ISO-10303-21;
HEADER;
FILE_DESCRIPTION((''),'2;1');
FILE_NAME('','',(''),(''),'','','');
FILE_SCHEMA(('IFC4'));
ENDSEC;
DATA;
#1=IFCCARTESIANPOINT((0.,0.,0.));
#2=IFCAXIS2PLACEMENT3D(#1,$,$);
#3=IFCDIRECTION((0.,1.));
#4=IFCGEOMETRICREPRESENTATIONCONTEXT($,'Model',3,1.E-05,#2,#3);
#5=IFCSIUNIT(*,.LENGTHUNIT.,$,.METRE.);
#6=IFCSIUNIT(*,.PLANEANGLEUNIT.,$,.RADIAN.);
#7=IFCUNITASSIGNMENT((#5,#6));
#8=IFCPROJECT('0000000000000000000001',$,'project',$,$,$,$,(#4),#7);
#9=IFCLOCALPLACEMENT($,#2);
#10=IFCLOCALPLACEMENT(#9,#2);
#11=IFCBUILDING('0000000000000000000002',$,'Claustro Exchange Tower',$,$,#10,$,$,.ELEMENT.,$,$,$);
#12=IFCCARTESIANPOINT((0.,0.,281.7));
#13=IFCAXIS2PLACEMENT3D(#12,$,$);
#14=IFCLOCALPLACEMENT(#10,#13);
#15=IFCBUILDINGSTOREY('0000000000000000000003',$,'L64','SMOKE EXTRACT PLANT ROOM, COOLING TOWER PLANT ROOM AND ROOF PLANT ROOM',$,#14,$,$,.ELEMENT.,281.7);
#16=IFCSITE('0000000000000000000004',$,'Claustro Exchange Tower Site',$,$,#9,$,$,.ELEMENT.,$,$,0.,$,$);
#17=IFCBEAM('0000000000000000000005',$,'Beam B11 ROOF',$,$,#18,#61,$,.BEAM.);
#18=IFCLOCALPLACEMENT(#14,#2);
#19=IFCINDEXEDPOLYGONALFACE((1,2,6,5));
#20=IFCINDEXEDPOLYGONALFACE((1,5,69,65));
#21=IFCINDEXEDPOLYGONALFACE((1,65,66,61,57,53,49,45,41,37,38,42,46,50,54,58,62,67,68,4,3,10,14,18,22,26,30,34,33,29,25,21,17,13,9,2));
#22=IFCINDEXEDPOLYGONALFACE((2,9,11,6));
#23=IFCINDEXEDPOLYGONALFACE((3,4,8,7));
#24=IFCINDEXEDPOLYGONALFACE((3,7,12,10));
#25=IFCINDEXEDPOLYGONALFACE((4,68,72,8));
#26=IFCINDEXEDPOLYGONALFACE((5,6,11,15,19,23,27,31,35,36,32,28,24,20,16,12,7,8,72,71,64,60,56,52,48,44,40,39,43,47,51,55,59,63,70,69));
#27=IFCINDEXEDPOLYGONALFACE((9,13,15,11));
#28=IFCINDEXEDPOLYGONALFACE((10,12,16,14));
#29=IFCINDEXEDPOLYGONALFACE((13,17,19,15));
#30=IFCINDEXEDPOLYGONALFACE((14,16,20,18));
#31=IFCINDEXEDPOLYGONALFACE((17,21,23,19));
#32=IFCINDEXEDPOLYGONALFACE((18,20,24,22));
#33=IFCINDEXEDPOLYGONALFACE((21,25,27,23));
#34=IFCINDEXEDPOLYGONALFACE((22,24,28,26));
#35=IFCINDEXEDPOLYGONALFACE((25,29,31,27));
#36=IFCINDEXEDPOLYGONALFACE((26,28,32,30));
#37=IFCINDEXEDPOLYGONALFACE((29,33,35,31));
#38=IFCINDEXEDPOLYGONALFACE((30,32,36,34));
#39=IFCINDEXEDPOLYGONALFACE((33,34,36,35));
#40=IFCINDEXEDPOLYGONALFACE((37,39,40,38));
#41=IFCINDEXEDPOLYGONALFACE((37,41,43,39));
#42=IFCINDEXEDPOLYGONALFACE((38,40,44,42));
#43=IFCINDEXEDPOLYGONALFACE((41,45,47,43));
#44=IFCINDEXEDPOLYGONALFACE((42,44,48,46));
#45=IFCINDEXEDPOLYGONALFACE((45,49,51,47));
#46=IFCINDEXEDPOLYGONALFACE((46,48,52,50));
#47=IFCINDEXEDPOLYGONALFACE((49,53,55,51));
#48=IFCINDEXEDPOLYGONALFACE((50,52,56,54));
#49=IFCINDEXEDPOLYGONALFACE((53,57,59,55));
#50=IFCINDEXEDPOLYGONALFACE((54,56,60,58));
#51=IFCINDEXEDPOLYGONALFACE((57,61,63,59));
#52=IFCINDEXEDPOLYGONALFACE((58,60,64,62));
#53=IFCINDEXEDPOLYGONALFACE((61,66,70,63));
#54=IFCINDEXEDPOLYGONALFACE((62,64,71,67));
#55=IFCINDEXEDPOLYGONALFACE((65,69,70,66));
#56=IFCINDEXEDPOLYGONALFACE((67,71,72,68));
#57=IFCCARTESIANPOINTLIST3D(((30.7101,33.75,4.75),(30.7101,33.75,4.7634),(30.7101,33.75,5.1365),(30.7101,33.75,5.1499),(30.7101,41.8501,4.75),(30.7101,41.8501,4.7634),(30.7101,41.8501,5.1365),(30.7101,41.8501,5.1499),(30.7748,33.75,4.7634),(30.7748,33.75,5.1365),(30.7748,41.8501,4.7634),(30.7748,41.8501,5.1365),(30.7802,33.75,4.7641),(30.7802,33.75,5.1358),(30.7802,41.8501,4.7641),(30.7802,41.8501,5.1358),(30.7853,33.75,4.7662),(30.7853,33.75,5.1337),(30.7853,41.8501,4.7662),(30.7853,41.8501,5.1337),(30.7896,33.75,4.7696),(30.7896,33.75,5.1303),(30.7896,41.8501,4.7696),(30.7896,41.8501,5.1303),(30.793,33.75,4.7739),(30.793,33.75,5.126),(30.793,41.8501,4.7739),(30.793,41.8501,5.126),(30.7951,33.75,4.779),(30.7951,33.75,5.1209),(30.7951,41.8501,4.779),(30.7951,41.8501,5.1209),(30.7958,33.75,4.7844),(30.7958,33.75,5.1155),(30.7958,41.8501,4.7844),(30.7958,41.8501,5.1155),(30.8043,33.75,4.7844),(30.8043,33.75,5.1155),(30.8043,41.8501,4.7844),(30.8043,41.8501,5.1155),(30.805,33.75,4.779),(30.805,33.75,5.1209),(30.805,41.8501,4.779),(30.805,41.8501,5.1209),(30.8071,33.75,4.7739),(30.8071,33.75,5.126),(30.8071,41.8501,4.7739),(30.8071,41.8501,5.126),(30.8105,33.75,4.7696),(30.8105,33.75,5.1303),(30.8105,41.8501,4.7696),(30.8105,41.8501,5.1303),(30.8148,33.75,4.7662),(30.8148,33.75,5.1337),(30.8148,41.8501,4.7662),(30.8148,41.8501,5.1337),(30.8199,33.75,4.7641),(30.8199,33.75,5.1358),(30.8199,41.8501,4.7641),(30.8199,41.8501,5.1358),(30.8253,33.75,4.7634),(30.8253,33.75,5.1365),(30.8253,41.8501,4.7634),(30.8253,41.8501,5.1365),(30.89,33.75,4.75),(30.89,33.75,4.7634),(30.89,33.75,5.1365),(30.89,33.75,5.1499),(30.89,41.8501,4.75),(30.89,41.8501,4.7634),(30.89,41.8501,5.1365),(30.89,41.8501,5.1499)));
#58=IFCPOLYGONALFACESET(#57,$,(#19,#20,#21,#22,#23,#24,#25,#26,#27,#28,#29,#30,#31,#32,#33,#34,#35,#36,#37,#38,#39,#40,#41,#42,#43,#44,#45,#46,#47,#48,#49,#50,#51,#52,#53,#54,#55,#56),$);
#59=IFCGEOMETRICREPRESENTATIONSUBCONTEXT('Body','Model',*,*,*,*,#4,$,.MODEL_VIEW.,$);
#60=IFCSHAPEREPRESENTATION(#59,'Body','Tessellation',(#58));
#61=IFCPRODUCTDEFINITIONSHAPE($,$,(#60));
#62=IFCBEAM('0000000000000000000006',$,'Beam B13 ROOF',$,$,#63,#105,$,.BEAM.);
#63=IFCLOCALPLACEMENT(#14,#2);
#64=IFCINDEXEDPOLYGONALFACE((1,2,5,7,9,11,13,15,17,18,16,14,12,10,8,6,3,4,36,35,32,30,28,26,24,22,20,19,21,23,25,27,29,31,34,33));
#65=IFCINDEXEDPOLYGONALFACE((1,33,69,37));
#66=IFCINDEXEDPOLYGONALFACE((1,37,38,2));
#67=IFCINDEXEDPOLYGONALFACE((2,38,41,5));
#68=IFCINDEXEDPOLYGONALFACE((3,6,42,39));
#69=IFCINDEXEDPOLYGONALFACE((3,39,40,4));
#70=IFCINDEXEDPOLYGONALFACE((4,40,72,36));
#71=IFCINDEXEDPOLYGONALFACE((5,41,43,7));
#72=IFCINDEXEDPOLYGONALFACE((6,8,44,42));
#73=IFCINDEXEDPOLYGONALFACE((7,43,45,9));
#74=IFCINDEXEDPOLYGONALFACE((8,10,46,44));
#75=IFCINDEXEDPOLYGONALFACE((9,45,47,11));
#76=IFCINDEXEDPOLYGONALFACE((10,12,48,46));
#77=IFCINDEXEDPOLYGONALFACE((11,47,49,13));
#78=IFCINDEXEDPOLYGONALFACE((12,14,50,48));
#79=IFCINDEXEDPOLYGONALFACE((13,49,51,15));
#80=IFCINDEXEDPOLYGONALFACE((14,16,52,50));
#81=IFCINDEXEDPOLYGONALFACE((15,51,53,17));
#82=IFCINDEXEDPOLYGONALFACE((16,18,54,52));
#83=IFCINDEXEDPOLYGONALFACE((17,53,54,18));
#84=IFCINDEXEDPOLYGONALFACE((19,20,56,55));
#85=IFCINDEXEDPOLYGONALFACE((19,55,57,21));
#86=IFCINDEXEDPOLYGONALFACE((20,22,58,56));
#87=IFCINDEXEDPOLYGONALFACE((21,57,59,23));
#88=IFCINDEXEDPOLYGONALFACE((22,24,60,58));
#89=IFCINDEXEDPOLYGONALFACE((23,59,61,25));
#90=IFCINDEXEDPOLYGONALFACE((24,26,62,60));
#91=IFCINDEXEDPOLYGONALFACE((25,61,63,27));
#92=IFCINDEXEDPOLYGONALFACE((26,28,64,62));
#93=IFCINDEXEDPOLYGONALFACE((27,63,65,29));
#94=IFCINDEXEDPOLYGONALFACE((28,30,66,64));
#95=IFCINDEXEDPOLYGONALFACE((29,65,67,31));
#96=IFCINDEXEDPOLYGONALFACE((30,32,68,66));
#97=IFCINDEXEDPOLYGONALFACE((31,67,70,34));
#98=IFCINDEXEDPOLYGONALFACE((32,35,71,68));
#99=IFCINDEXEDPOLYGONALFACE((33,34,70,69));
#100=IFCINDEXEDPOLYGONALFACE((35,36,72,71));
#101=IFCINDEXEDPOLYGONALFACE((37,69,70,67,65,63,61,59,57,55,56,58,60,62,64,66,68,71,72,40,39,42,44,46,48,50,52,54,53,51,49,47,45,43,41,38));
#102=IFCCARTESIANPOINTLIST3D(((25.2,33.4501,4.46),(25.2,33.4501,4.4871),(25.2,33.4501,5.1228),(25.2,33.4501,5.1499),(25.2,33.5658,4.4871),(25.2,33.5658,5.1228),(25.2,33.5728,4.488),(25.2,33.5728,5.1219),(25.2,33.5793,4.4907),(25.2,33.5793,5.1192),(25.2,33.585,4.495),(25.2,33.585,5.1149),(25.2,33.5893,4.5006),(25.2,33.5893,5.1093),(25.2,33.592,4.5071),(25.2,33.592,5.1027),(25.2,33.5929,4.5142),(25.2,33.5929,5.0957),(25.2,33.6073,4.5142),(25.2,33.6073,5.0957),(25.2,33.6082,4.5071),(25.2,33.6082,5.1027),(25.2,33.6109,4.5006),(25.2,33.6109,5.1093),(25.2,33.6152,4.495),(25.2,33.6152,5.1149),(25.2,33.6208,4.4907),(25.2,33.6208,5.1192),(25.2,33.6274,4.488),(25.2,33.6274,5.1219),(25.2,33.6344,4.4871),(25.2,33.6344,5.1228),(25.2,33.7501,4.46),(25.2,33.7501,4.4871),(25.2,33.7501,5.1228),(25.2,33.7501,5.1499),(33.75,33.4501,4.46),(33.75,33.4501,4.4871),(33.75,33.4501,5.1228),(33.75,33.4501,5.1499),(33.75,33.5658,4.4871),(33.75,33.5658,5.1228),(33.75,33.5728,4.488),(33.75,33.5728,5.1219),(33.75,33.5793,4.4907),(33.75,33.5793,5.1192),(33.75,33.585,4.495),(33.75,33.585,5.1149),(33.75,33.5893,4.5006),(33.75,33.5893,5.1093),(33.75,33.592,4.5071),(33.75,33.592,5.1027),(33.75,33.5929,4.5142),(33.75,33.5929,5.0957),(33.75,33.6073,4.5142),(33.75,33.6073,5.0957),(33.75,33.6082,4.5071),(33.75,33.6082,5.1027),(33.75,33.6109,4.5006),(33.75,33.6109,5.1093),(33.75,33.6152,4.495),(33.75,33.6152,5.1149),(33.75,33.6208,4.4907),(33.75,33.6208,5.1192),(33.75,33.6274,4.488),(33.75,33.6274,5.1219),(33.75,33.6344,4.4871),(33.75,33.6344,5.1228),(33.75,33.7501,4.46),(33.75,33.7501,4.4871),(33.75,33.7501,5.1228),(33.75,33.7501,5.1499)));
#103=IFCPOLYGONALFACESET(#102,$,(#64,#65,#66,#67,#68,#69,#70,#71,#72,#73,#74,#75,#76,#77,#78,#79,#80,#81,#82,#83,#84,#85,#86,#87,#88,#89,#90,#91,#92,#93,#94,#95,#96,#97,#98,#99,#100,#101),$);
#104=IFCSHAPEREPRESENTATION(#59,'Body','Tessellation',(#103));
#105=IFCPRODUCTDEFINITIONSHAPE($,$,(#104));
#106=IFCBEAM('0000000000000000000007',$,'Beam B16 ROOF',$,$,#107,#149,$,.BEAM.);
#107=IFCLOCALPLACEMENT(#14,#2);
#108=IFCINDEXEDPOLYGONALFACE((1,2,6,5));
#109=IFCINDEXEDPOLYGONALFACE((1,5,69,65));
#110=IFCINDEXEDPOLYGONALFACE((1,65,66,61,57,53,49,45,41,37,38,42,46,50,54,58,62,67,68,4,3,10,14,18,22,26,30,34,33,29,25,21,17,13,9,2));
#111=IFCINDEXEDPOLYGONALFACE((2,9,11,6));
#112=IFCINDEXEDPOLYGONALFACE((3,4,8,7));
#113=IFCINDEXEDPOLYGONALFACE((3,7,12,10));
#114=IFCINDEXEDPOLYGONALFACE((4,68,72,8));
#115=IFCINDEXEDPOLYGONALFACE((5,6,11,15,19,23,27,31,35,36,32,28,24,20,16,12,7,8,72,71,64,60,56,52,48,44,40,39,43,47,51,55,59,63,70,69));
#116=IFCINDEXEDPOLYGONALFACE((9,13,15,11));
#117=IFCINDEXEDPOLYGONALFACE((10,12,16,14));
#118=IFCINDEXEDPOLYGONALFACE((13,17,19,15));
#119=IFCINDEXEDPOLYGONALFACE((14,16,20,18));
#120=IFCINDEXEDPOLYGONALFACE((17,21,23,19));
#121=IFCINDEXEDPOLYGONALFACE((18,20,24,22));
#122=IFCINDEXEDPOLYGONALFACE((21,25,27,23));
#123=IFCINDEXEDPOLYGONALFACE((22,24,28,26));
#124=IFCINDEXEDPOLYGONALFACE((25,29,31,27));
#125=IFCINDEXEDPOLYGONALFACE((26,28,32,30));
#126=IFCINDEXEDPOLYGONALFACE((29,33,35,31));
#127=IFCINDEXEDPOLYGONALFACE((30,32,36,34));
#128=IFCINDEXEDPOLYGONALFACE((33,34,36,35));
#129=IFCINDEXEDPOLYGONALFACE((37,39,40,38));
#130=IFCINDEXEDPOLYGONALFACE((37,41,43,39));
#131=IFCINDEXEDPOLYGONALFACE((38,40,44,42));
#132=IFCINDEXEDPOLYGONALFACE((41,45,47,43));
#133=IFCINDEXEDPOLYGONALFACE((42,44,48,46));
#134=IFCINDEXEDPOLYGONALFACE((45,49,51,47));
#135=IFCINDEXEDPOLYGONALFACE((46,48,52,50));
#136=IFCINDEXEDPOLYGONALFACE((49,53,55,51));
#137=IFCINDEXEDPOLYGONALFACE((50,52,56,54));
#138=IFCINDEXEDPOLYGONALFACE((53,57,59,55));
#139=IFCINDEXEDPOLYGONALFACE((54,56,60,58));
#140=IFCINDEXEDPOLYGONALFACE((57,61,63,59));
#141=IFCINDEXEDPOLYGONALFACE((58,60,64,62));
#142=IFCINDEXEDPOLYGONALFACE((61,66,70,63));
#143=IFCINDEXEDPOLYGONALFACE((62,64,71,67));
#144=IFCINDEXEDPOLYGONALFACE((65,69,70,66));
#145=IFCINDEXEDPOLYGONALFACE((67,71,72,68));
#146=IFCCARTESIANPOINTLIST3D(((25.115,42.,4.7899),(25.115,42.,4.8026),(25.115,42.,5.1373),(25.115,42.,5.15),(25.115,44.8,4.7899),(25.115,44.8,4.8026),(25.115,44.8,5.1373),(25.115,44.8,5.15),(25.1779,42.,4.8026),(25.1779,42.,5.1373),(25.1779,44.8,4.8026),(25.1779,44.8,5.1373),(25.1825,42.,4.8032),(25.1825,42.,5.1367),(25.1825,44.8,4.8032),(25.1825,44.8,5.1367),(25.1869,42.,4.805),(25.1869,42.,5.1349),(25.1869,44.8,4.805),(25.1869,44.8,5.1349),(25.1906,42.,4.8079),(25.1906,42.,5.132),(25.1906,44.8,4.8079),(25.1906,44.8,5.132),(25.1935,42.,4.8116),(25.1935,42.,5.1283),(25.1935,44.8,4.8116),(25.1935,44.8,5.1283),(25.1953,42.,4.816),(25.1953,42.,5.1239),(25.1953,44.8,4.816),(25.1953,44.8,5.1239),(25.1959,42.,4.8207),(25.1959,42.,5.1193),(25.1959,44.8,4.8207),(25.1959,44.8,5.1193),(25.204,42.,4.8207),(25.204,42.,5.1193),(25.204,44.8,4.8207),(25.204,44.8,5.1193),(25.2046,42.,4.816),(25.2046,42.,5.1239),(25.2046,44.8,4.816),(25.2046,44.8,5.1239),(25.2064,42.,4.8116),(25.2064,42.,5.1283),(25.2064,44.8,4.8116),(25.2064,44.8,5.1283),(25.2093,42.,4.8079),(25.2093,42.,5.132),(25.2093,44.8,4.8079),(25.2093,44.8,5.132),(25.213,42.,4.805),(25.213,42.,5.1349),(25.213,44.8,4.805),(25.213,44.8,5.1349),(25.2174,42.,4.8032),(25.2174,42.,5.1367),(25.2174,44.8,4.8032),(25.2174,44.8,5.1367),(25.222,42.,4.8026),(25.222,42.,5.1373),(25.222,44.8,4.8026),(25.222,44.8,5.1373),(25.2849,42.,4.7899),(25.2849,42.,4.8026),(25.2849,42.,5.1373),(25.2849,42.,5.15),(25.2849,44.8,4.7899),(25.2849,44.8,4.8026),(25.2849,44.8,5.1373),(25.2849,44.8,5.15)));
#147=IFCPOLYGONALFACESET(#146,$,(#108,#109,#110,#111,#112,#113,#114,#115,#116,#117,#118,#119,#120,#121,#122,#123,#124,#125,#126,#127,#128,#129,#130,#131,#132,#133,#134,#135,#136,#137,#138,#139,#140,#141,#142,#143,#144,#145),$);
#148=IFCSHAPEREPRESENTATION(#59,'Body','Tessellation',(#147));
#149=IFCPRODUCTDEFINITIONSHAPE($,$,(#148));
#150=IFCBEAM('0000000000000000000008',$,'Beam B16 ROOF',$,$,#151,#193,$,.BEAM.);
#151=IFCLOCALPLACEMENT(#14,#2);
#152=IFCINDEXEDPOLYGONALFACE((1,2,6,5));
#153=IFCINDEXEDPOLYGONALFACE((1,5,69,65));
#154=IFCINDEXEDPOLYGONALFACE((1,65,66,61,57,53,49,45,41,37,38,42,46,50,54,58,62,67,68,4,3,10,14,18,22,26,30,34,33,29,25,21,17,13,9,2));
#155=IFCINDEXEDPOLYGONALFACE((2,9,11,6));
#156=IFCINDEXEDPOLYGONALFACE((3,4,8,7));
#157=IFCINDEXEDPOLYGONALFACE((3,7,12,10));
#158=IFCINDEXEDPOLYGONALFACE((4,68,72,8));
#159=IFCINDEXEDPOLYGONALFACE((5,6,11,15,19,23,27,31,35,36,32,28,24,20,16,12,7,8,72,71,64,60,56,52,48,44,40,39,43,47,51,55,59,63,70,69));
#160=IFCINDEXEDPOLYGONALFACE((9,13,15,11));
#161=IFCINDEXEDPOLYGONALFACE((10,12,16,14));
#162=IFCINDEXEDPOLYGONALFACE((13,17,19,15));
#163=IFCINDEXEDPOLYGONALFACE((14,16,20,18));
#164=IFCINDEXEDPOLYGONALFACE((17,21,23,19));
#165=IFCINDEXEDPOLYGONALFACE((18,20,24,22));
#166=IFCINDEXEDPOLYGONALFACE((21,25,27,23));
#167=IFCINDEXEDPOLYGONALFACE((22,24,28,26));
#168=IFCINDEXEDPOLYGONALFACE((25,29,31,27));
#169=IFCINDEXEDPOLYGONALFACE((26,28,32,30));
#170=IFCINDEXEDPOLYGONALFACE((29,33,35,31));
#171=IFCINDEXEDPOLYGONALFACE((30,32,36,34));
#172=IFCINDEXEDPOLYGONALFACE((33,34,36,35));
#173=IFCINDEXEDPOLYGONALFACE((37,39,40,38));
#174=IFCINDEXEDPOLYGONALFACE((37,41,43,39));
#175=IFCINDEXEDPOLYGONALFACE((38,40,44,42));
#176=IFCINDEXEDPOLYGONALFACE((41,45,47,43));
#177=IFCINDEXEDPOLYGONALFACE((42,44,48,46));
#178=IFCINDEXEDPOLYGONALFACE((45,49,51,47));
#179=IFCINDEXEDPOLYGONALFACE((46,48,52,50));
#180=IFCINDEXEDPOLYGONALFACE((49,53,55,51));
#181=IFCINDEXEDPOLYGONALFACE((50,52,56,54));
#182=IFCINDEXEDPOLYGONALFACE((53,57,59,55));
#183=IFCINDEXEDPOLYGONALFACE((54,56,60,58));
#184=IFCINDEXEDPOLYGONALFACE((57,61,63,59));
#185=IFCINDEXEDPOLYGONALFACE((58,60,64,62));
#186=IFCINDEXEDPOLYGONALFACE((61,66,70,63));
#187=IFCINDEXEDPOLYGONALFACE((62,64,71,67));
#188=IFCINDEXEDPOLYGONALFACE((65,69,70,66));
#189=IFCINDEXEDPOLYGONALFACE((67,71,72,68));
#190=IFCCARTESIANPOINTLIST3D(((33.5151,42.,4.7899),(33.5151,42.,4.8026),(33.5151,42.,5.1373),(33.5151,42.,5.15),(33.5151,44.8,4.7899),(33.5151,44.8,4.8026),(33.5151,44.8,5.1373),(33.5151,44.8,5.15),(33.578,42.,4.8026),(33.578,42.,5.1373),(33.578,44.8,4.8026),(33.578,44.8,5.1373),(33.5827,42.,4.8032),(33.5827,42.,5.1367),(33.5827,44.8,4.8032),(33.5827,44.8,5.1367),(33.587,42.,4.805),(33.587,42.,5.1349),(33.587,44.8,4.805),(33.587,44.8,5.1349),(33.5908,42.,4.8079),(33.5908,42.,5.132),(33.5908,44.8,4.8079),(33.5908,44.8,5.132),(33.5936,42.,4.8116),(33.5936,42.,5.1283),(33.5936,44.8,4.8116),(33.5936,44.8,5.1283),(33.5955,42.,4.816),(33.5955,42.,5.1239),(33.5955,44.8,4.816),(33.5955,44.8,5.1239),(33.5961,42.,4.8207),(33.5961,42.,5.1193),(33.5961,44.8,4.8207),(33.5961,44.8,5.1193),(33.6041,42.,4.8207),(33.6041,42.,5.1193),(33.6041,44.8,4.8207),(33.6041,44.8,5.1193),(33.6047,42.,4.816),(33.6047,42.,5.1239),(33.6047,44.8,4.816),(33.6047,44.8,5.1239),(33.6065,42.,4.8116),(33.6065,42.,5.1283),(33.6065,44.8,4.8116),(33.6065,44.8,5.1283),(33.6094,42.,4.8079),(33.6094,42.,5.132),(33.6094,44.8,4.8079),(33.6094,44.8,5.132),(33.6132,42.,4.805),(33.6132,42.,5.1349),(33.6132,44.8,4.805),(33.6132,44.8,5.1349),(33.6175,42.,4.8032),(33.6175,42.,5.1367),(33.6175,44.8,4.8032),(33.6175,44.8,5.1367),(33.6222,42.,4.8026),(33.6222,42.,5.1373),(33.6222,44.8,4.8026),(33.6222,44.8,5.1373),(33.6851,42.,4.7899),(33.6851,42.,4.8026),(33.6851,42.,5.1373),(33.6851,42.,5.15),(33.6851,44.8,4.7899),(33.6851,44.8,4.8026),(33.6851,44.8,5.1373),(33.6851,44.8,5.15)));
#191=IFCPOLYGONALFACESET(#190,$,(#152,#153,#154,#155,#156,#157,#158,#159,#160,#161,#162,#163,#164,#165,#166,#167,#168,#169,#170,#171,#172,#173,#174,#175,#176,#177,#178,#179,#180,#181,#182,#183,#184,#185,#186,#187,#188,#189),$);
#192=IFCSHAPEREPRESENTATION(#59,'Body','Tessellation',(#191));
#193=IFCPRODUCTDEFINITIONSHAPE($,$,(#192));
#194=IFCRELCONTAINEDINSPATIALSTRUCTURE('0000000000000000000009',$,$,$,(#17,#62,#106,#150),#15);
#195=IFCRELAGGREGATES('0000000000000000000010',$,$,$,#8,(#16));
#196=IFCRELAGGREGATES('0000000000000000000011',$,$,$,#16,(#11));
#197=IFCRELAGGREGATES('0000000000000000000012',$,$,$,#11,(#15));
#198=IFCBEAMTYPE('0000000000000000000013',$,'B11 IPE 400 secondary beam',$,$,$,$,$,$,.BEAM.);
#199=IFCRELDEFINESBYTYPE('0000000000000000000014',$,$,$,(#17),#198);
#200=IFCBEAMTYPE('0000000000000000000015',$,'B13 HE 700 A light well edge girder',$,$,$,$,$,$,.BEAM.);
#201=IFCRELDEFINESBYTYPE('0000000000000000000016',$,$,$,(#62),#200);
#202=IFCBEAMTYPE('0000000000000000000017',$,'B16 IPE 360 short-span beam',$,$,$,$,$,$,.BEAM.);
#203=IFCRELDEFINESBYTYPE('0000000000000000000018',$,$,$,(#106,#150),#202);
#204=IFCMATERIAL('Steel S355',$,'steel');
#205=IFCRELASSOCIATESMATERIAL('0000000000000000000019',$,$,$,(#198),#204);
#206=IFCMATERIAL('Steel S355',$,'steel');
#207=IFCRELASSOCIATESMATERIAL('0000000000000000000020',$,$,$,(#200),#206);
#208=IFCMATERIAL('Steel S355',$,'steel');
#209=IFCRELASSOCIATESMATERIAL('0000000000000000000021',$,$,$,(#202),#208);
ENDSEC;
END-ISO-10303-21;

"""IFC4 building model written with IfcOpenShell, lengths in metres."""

from ifc_helpers import new_model, si_unit, direction, frame, origin, origin_2d, place, context, subcontext, project, spatial, i_section, extrude, material, material_profile, profile_set, type_object, element, save


model = new_model("IFC4")

# Units and contexts
model_context = context("Model", 3, precision=1e-05, world=origin(), true_north=direction((0.0, 1.0)))
body_context = subcontext(model_context, "Body", "Model", "MODEL_VIEW")
ifc_project = project(units=[si_unit("LENGTHUNIT", "METRE"), si_unit("PLANEANGLEUNIT", "RADIAN")], contexts=[model_context])

# Site, building, storey
site_placement = place(None, origin())
site = spatial("IfcSite", under=ifc_project, at=site_placement, Name="Claustro Exchange Tower Site", CompositionType="ELEMENT", RefElevation=0.0)
building_placement = place(site_placement, origin())
building = spatial("IfcBuilding", under=site, at=building_placement, Name="Claustro Exchange Tower", CompositionType="ELEMENT")
storey_placement = place(building_placement, frame((0.0, 0.0, 281.7)))
storey = spatial("IfcBuildingStorey", under=building, at=storey_placement, Name="L64", Description="SMOKE EXTRACT PLANT ROOM, COOLING TOWER PLANT ROOM AND ROOF PLANT ROOM", CompositionType="ELEMENT", Elevation=281.7)

# Beams
ifc_material_1 = material(Name="Steel S355", Category="steel")
ifc_material_profile_1 = material_profile(ifc_material_1, i_section(OverallWidth=0.1799, OverallDepth=0.3999, WebThickness=0.0085, FlangeThickness=0.0134, FilletRadius=0.021, at=origin_2d()), Name="IPE 400")
ifc_profile_set_1 = profile_set([ifc_material_profile_1], Name="Steel S355")
beam_type_1 = type_object("IfcBeamType", Name="B11 IPE 400 secondary beam", PredefinedType="BEAM", material=ifc_profile_set_1)
for number, where, z_axis, x_axis, name in (
    (1, (30.8, 33.75, 4.95), (0.0, 1.0, 0.0), (-1.0, 0.0, 0.0), "Beam B11 ROOF"),
):
    element("IfcBeam", number, at=place(storey_placement, frame(where, z_axis=z_axis, x_axis=x_axis)), inside=storey, type_object=beam_type_1, Name=name, PredefinedType="BEAM", context=body_context, shape_type="SweptSolid", body=[
        extrude(i_section(OverallWidth=0.1799, OverallDepth=0.3999, WebThickness=0.0085, FlangeThickness=0.0134, FilletRadius=0.021, at=origin_2d()), origin(), (0.0, 0.0, 1.0), 8.1001),
    ])
ifc_material_2 = material(Name="Steel S355", Category="steel")
ifc_material_profile_2 = material_profile(ifc_material_2, i_section(OverallWidth=0.3, OverallDepth=0.6899, WebThickness=0.0144, FlangeThickness=0.0271, FilletRadius=0.0271, at=origin_2d()), Name="HE 700 A")
ifc_profile_set_2 = profile_set([ifc_material_profile_2], Name="Steel S355")
beam_type_2 = type_object("IfcBeamType", Name="B13 HE 700 A light well edge girder", PredefinedType="BEAM", material=ifc_profile_set_2)
beam_1_placement = place(storey_placement, frame((25.2, 33.6001, 4.8049), z_axis=(1.0, 0.0, 0.0), x_axis=(0.0, 1.0, 0.0)))
element("IfcBeam", 2, at=beam_1_placement, inside=storey, type_object=beam_type_2, Name="Beam B13 ROOF", PredefinedType="BEAM", context=body_context, shape_type="SweptSolid", body=[
    extrude(i_section(OverallWidth=0.3, OverallDepth=0.6899, WebThickness=0.0144, FlangeThickness=0.0271, FilletRadius=0.0271, at=origin_2d()), origin(), (0.0, 0.0, 1.0), 8.55),
])
ifc_material_3 = material(Name="Steel S355", Category="steel")
ifc_material_profile_3 = material_profile(ifc_material_3, i_section(OverallWidth=0.1699, OverallDepth=0.3601, WebThickness=0.0081, FlangeThickness=0.0127, FilletRadius=0.0181, at=origin_2d()), Name="IPE 360")
ifc_profile_set_3 = profile_set([ifc_material_profile_3], Name="Steel S355")
beam_type_3 = type_object("IfcBeamType", Name="B16 IPE 360 short-span beam", PredefinedType="BEAM", material=ifc_profile_set_3)
for number, where, z_axis, x_axis, name in (
    (3, (25.2, 42.0, 4.97), (0.0, 1.0, 0.0), (-1.0, 0.0, 0.0), "Beam B16 ROOF"),
    (4, (33.6001, 42.0, 4.97), (0.0, 1.0, 0.0), (-1.0, 0.0, 0.0), "Beam B16 ROOF"),
):
    element("IfcBeam", number, at=place(storey_placement, frame(where, z_axis=z_axis, x_axis=x_axis)), inside=storey, type_object=beam_type_3, Name=name, PredefinedType="BEAM", context=body_context, shape_type="SweptSolid", body=[
        extrude(i_section(OverallWidth=0.1699, OverallDepth=0.3601, WebThickness=0.0081, FlangeThickness=0.0127, FilletRadius=0.0181, at=origin_2d()), origin(), (0.0, 0.0, 1.0), 2.8),
    ])

save(model, "model.ifc")
